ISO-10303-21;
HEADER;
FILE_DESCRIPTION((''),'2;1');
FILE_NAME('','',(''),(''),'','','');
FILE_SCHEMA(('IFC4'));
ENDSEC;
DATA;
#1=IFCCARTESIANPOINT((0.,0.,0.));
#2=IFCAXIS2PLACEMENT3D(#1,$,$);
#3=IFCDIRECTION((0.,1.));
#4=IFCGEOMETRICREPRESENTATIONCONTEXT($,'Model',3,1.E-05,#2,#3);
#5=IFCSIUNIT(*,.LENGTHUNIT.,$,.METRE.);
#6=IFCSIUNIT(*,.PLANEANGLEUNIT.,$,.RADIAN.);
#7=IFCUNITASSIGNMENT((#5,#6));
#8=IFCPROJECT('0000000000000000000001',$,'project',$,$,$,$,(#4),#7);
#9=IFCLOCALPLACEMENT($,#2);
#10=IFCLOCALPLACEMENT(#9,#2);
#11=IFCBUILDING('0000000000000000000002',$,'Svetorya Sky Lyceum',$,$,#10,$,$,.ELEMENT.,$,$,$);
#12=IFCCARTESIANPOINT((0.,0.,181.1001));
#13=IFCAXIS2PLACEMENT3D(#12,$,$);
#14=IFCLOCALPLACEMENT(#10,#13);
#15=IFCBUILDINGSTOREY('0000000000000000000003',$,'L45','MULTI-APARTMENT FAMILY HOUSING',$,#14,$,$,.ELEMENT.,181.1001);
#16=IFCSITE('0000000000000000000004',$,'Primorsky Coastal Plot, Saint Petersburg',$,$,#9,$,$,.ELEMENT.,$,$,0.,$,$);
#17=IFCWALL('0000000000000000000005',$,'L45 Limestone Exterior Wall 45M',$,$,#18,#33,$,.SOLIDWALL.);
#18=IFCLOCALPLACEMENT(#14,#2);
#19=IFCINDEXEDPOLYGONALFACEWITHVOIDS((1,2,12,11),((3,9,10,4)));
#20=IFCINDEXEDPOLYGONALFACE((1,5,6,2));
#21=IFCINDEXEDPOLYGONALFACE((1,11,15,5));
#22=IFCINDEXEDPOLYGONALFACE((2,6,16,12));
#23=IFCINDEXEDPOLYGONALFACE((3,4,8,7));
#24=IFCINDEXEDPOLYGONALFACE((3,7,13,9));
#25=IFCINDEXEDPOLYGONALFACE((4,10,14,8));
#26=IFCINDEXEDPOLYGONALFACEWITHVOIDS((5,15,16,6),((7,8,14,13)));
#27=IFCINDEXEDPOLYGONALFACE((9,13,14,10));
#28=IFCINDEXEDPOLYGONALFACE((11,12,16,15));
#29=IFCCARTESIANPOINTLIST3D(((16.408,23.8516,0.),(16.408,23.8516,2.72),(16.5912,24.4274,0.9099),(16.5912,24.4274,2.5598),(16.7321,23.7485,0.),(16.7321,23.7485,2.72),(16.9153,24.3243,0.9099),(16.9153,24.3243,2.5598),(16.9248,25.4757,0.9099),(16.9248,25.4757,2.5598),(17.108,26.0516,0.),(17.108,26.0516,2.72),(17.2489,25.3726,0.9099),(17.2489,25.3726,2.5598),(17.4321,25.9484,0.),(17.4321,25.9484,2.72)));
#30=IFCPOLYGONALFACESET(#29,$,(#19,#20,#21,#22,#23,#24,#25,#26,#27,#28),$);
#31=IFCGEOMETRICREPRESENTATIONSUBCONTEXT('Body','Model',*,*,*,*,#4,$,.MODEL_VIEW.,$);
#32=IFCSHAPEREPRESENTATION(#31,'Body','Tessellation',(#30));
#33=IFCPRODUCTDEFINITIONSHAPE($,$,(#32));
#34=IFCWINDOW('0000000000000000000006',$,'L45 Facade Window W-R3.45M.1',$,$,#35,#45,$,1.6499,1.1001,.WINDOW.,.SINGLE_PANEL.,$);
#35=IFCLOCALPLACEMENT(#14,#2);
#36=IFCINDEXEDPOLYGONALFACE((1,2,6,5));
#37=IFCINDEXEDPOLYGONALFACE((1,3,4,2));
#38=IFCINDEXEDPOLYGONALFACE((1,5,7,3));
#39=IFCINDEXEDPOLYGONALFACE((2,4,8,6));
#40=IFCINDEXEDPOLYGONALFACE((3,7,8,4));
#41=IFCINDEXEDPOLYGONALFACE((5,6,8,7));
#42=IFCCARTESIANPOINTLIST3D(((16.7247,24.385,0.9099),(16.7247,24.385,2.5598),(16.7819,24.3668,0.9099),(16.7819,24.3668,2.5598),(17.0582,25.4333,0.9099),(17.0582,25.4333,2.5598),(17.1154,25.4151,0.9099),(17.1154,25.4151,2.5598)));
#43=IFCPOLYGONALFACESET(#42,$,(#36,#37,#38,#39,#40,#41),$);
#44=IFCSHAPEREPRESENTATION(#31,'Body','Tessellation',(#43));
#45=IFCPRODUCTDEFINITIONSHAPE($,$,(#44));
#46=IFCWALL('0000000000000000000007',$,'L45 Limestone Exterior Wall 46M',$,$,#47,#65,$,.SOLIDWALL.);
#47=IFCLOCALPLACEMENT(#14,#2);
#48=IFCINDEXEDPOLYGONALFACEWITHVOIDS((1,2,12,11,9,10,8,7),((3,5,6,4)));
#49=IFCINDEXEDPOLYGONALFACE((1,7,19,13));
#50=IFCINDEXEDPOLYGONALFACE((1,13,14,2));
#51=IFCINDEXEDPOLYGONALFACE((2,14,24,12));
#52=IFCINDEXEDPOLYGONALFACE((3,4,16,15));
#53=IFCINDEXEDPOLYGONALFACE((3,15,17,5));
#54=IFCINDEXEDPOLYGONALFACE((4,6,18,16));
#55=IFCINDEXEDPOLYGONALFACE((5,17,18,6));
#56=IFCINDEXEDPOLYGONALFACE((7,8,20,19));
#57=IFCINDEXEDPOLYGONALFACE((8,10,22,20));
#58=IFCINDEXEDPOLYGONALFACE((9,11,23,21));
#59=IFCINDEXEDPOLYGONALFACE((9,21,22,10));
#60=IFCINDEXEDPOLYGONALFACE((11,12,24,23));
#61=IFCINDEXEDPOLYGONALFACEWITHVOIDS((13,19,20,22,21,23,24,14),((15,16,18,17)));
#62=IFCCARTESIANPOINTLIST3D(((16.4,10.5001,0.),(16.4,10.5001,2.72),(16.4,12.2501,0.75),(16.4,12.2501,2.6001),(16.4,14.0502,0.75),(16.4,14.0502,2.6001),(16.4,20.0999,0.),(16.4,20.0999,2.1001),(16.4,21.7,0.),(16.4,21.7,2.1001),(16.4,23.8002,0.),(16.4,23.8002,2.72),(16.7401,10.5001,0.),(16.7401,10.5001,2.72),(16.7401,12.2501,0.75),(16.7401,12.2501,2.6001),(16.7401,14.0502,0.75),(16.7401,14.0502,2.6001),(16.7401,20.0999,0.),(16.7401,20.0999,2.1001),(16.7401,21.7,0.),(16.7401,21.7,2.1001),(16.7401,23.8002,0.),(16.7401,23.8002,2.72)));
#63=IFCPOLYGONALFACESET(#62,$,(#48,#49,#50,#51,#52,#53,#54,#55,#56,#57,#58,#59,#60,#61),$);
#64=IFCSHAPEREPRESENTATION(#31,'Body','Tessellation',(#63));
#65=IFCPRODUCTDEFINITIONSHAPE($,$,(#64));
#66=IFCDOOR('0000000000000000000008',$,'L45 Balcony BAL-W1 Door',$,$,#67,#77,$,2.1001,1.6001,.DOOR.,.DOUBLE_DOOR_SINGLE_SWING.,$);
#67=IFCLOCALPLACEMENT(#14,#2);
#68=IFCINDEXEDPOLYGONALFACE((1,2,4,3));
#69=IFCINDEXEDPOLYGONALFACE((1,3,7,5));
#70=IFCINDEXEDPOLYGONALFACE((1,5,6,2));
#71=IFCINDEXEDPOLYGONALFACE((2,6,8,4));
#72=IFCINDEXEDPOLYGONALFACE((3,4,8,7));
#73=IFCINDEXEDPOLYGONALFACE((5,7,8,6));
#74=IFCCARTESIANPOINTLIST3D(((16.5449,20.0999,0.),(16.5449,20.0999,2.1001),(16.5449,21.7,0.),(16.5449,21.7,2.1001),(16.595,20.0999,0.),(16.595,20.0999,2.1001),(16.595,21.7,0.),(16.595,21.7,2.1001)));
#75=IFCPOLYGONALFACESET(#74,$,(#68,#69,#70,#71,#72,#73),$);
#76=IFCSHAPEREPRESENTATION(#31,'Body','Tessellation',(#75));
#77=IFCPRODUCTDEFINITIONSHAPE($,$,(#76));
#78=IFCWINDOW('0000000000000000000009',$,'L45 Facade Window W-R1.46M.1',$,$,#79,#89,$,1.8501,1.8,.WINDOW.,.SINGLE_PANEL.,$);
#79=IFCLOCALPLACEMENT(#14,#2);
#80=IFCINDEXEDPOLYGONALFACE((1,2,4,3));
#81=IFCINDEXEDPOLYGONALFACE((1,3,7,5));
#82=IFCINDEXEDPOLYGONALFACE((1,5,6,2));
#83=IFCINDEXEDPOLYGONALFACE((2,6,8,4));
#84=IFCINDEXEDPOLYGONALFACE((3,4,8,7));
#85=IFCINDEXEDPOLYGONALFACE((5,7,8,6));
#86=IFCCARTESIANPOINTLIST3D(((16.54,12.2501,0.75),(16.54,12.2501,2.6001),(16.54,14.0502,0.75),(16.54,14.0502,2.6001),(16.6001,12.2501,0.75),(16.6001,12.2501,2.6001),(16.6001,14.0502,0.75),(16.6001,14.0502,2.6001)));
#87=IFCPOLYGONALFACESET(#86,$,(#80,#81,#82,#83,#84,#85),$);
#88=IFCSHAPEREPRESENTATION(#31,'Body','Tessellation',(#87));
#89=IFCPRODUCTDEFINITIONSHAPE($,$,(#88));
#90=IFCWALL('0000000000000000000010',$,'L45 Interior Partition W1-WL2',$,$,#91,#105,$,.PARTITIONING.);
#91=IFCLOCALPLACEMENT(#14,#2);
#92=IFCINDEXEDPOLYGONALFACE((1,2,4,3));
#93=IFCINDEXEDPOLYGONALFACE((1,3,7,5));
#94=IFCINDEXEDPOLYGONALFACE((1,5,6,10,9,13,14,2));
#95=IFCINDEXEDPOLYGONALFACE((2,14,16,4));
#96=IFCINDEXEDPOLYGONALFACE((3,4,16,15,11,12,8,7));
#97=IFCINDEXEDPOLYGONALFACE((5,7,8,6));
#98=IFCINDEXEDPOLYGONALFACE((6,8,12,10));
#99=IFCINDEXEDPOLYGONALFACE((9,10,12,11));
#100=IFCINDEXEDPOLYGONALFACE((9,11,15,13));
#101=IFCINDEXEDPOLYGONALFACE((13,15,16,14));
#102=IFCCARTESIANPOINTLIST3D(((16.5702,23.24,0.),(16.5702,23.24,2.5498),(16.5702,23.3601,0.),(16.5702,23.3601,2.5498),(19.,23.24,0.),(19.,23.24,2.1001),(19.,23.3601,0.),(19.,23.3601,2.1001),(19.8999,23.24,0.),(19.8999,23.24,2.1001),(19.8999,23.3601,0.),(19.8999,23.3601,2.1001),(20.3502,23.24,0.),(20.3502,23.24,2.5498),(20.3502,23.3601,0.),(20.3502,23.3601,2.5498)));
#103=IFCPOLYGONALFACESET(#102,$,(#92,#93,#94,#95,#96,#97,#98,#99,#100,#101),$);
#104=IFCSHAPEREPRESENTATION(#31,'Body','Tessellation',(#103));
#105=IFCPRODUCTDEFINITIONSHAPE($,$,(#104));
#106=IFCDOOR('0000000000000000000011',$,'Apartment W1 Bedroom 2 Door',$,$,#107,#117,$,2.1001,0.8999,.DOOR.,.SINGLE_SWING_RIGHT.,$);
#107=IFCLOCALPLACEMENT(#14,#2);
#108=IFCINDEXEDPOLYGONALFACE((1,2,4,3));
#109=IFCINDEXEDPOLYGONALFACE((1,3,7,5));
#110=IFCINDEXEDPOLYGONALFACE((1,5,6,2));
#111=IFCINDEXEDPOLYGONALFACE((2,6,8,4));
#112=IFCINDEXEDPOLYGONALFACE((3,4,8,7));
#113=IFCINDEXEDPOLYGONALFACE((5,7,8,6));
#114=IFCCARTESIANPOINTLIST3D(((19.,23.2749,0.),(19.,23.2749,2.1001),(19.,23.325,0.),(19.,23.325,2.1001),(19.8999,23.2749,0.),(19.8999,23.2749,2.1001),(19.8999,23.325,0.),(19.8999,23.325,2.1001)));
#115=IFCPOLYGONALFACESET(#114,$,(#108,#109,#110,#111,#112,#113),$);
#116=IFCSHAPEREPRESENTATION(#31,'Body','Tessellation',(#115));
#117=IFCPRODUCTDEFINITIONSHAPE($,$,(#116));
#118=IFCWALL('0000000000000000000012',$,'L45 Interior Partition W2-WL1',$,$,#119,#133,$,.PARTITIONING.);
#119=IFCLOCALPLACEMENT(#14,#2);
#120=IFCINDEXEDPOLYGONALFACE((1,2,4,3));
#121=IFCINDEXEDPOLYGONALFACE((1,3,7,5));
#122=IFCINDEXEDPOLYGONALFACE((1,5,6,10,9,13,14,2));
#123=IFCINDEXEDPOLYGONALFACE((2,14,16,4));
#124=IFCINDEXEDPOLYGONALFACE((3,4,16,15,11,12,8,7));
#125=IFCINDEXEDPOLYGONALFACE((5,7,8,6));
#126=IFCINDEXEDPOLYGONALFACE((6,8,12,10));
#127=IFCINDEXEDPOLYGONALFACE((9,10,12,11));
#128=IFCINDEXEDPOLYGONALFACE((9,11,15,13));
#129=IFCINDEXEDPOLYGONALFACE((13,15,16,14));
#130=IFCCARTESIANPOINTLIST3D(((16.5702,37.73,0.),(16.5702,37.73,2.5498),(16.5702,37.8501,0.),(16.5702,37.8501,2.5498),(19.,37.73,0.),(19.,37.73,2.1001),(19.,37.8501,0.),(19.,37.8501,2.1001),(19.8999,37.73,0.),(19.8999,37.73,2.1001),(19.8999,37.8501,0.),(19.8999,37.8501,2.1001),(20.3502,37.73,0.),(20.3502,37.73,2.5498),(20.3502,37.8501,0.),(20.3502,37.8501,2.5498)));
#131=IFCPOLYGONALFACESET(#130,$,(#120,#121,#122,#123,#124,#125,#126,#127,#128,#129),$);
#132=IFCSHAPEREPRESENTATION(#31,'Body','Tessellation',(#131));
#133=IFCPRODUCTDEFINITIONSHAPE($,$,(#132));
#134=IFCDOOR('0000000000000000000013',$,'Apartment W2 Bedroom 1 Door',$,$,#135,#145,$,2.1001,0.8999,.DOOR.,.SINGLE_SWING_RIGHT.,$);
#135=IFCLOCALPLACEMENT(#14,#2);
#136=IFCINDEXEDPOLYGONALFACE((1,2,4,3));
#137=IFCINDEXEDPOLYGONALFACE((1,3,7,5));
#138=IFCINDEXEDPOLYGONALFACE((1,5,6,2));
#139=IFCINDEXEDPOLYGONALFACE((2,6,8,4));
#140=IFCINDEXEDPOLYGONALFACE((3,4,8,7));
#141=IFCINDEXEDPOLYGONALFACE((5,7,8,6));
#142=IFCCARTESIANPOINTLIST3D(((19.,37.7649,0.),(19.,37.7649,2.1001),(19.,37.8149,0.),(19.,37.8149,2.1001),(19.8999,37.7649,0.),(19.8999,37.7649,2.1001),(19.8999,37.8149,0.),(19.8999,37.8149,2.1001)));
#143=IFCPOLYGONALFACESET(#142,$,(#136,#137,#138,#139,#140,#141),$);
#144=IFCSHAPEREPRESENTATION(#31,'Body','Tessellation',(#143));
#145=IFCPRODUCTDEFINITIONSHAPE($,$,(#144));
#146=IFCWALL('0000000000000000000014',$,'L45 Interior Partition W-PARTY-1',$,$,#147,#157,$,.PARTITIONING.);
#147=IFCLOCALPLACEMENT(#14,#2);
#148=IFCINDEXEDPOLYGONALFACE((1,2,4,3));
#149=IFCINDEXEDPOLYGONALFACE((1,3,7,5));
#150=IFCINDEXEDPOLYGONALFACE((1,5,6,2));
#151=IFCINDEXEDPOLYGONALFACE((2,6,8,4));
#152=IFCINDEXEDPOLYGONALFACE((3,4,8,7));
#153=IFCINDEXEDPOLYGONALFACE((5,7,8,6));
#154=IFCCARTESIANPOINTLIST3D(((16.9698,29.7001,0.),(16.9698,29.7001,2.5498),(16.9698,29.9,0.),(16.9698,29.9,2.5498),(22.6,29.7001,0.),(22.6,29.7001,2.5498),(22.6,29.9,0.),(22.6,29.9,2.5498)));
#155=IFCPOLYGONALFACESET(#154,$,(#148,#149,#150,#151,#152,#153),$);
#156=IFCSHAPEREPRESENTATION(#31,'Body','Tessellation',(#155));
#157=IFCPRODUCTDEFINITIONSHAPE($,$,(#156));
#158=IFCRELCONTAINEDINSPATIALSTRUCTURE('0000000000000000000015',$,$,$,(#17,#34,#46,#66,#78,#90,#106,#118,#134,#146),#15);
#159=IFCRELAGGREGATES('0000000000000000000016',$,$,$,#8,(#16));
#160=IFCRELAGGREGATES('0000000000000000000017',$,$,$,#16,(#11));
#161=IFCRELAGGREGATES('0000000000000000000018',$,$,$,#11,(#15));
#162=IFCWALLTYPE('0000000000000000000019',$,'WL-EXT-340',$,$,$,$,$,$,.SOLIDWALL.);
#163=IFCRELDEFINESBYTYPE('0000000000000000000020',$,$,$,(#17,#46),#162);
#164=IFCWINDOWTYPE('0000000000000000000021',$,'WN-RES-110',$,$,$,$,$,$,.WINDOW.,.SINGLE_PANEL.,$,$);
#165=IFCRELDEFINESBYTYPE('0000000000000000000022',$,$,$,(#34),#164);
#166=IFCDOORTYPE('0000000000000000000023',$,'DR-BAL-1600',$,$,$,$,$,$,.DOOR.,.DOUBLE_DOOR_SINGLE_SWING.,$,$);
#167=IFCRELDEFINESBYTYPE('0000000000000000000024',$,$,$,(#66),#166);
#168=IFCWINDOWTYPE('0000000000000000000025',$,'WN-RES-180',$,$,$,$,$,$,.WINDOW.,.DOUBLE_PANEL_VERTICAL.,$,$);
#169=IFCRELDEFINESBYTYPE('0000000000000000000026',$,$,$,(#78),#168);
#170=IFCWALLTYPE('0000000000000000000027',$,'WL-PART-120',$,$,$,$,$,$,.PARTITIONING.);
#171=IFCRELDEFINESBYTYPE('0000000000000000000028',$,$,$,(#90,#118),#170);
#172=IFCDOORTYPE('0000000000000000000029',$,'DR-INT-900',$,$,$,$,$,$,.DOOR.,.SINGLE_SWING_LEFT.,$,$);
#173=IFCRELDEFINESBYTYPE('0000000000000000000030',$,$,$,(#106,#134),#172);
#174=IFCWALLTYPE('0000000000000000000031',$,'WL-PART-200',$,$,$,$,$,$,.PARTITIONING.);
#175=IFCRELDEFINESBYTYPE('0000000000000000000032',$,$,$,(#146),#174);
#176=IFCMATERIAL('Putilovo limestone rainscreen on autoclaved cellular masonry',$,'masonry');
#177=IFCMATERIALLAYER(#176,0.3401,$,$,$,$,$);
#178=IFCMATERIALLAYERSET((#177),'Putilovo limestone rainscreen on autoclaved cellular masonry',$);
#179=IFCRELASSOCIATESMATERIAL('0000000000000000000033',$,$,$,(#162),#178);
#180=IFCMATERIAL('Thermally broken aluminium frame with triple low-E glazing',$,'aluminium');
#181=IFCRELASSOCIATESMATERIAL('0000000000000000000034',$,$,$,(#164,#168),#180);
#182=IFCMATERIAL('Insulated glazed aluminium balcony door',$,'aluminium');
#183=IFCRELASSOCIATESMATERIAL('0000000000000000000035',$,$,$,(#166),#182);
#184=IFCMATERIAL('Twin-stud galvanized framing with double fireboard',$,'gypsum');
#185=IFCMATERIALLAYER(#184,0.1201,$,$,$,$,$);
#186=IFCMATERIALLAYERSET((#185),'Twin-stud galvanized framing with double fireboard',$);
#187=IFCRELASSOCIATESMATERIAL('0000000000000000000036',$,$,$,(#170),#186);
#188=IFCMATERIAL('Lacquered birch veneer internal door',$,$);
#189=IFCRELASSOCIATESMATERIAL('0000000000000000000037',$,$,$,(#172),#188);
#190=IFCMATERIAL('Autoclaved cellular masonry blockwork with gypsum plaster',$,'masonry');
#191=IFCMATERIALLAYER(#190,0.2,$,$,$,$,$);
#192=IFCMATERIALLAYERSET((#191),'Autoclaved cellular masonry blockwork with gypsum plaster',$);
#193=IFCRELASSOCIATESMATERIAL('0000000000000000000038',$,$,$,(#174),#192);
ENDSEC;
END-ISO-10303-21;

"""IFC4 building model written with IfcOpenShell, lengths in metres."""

from ifc_helpers import new_model, si_unit, direction, frame, frame_2d, origin, place, context, subcontext, project, spatial, rectangle, extrude, material, layer, layer_set, type_object, element, fill, save


model = new_model("IFC4")

# Units and contexts
model_context = context("Model", 3, precision=1e-05, world=origin(), true_north=direction((0.0, 1.0)))
body_context = subcontext(model_context, "Body", "Model", "MODEL_VIEW")
ifc_project = project(units=[si_unit("LENGTHUNIT", "METRE"), si_unit("PLANEANGLEUNIT", "RADIAN")], contexts=[model_context])

# Site, building, storey
site_placement = place(None, origin())
site = spatial("IfcSite", under=ifc_project, at=site_placement, Name="Primorsky Coastal Plot, Saint Petersburg", CompositionType="ELEMENT", RefElevation=0.0)
building_placement = place(site_placement, origin())
building = spatial("IfcBuilding", under=site, at=building_placement, Name="Svetorya Sky Lyceum", CompositionType="ELEMENT")
storey_placement = place(building_placement, frame((0.0, 0.0, 181.1001)))
storey = spatial("IfcBuildingStorey", under=building, at=storey_placement, Name="L45", Description="MULTI-APARTMENT FAMILY HOUSING", CompositionType="ELEMENT", Elevation=181.1001)

# Shared definitions
ifc_material_1 = material(Name="Putilovo limestone rainscreen on autoclaved cellular masonry", Category="masonry")
ifc_layer_1 = layer(ifc_material_1, 0.3401)
ifc_layer_set_1 = layer_set([ifc_layer_1], Name="Putilovo limestone rainscreen on autoclaved cellular masonry")
wall_type_1 = type_object("IfcWallType", Name="WL-EXT-340", PredefinedType="SOLIDWALL", material=ifc_layer_set_1)
ifc_material_2 = material(Name="Thermally broken aluminium frame with triple low-E glazing", Category="aluminium")
window_type_1 = type_object("IfcWindowType", Name="WN-RES-110", PartitioningType="SINGLE_PANEL", PredefinedType="WINDOW", material=ifc_material_2)

# Wall, opening, window
wall_1_placement = place(storey_placement, frame((17.27, 26.0, 0.0), z_axis=(0.0, 0.0, 1.0), x_axis=(-0.303191, -0.95293, 0.0)))
wall_1 = element("IfcWall", 1, at=wall_1_placement, inside=storey, type_object=wall_type_1, Name="L45 Limestone Exterior Wall 45M", PredefinedType="SOLIDWALL", context=body_context, shape_type="SweptSolid", body=[
    extrude(rectangle(XDim=2.3086, YDim=0.3401, at=frame_2d((1.1543, 0.0))), origin(), (0.0, 0.0, 1.0), 2.72),
])
opening_1_placement = place(wall_1_placement, frame((0.6042, 0.0, 0.9099)))
opening_1 = element("IfcOpeningElement", 2, at=opening_1_placement, cuts=wall_1, PredefinedType="OPENING", context=body_context, shape_type="SweptSolid", body=[
    extrude(rectangle(XDim=1.1001, YDim=1.6499, at=frame_2d((0.55, 0.825))), frame((0.0, 0.1799, 0.0), z_axis=(0.0, -1.0, 0.0), x_axis=(1.0, 0.0, 0.0)), (0.0, 0.0, 1.0), 0.3601),
])
window_1_placement = place(opening_1_placement, origin())
window_1 = element("IfcWindow", 3, at=window_1_placement, inside=storey, type_object=window_type_1, Name="L45 Facade Window W-R3.45M.1", OverallHeight=1.6499, OverallWidth=1.1001, PartitioningType="SINGLE_PANEL", PredefinedType="WINDOW", context=body_context, shape_type="SweptSolid", body=[
    extrude(rectangle(XDim=1.1001, YDim=1.6499, at=frame_2d((0.55, 0.825))), frame((0.0, 0.03, 0.0), z_axis=(0.0, -1.0, 0.0), x_axis=(1.0, 0.0, 0.0)), (0.0, 0.0, 1.0), 0.0601),
])
fill(opening_1, window_1)

# Wall, openings, door, window
wall_2_placement = place(storey_placement, frame((16.5701, 23.8, 0.0), z_axis=(0.0, 0.0, 1.0), x_axis=(0.0, -1.0, 0.0)))
wall_2 = element("IfcWall", 4, at=wall_2_placement, inside=storey, type_object=wall_type_1, Name="L45 Limestone Exterior Wall 46M", PredefinedType="SOLIDWALL", context=body_context, shape_type="SweptSolid", body=[
    extrude(rectangle(XDim=13.3, YDim=0.3401, at=frame_2d((6.6499, 0.0))), origin(), (0.0, 0.0, 1.0), 2.72),
])
opening_2_placement = place(wall_2_placement, frame((2.1001, 0.0, 0.0)))
opening_2 = element("IfcOpeningElement", 5, at=opening_2_placement, cuts=wall_2, PredefinedType="OPENING", context=body_context, shape_type="SweptSolid", body=[
    extrude(rectangle(XDim=1.6001, YDim=2.1001, at=frame_2d((0.8, 1.05))), frame((0.0, 0.1799, 0.0), z_axis=(0.0, -1.0, 0.0), x_axis=(1.0, 0.0, 0.0)), (0.0, 0.0, 1.0), 0.3601),
])
opening_3_placement = place(wall_2_placement, frame((9.75, 0.0, 0.75)))
opening_3 = element("IfcOpeningElement", 6, at=opening_3_placement, cuts=wall_2, PredefinedType="OPENING", context=body_context, shape_type="SweptSolid", body=[
    extrude(rectangle(XDim=1.8, YDim=1.8501, at=frame_2d((0.8999, 0.925))), frame((0.0, 0.1799, 0.0), z_axis=(0.0, -1.0, 0.0), x_axis=(1.0, 0.0, 0.0)), (0.0, 0.0, 1.0), 0.3601),
])
ifc_material_3 = material(Name="Insulated glazed aluminium balcony door", Category="aluminium")
door_type_1 = type_object("IfcDoorType", Name="DR-BAL-1600", OperationType="DOUBLE_DOOR_SINGLE_SWING", PredefinedType="DOOR", material=ifc_material_3)
door_1_placement = place(opening_2_placement, origin())
door_1 = element("IfcDoor", 7, at=door_1_placement, inside=storey, type_object=door_type_1, Name="L45 Balcony BAL-W1 Door", OperationType="DOUBLE_DOOR_SINGLE_SWING", OverallHeight=2.1001, OverallWidth=1.6001, PredefinedType="DOOR", context=body_context, shape_type="SweptSolid", body=[
    extrude(rectangle(XDim=1.6001, YDim=2.1001, at=frame_2d((0.8, 1.05))), frame((0.0, 0.0249, 0.0), z_axis=(0.0, -1.0, 0.0), x_axis=(1.0, 0.0, 0.0)), (0.0, 0.0, 1.0), 0.05),
])
fill(opening_2, door_1)
window_type_2 = type_object("IfcWindowType", Name="WN-RES-180", PartitioningType="DOUBLE_PANEL_VERTICAL", PredefinedType="WINDOW", material=ifc_material_2)
window_2_placement = place(opening_3_placement, origin())
window_2 = element("IfcWindow", 8, at=window_2_placement, inside=storey, type_object=window_type_2, Name="L45 Facade Window W-R1.46M.1", OverallHeight=1.8501, OverallWidth=1.8, PartitioningType="SINGLE_PANEL", PredefinedType="WINDOW", context=body_context, shape_type="SweptSolid", body=[
    extrude(rectangle(XDim=1.8, YDim=1.8501, at=frame_2d((0.8999, 0.925))), frame((0.0, 0.03, 0.0), z_axis=(0.0, -1.0, 0.0), x_axis=(1.0, 0.0, 0.0)), (0.0, 0.0, 1.0), 0.0601),
])
fill(opening_3, window_2)

# Walls, openings, doors
ifc_material_4 = material(Name="Twin-stud galvanized framing with double fireboard", Category="gypsum")
ifc_layer_2 = layer(ifc_material_4, 0.1201)
ifc_layer_set_2 = layer_set([ifc_layer_2], Name="Twin-stud galvanized framing with double fireboard")
wall_type_2 = type_object("IfcWallType", Name="WL-PART-120", PredefinedType="PARTITIONING", material=ifc_layer_set_2)
wall_3_placement = place(storey_placement, frame((16.5701, 23.3, 0.0), z_axis=(0.0, 0.0, 1.0), x_axis=(1.0, 0.0, 0.0)))
wall_3 = element("IfcWall", 9, at=wall_3_placement, inside=storey, type_object=wall_type_2, Name="L45 Interior Partition W1-WL2", PredefinedType="PARTITIONING", context=body_context, shape_type="SweptSolid", body=[
    extrude(rectangle(XDim=3.78, YDim=0.1201, at=frame_2d((1.8901, 0.0))), origin(), (0.0, 0.0, 1.0), 2.5498),
])
opening_4_placement = place(wall_3_placement, frame((2.4299, 0.0, 0.0)))
opening_4 = element("IfcOpeningElement", 10, at=opening_4_placement, cuts=wall_3, PredefinedType="OPENING", context=body_context, shape_type="SweptSolid", body=[
    extrude(rectangle(XDim=0.8999, YDim=2.1001, at=frame_2d((0.45, 1.05))), frame((0.0, 0.0701, 0.0), z_axis=(0.0, -1.0, 0.0), x_axis=(1.0, 0.0, 0.0)), (0.0, 0.0, 1.0), 0.1401),
])
ifc_material_5 = material(Name="Lacquered birch veneer internal door")
door_type_2 = type_object("IfcDoorType", Name="DR-INT-900", OperationType="SINGLE_SWING_LEFT", PredefinedType="DOOR", material=ifc_material_5)
door_2_placement = place(opening_4_placement, origin())
door_2 = element("IfcDoor", 11, at=door_2_placement, inside=storey, type_object=door_type_2, Name="Apartment W1 Bedroom 2 Door", OperationType="SINGLE_SWING_RIGHT", OverallHeight=2.1001, OverallWidth=0.8999, PredefinedType="DOOR", context=body_context, shape_type="SweptSolid", body=[
    extrude(rectangle(XDim=0.8999, YDim=2.1001, at=frame_2d((0.45, 1.05))), frame((0.0, 0.0249, 0.0), z_axis=(0.0, -1.0, 0.0), x_axis=(1.0, 0.0, 0.0)), (0.0, 0.0, 1.0), 0.05),
])
fill(opening_4, door_2)
wall_4_placement = place(storey_placement, frame((16.5701, 37.79, 0.0), z_axis=(0.0, 0.0, 1.0), x_axis=(1.0, 0.0, 0.0)))
wall_4 = element("IfcWall", 12, at=wall_4_placement, inside=storey, type_object=wall_type_2, Name="L45 Interior Partition W2-WL1", PredefinedType="PARTITIONING", context=body_context, shape_type="SweptSolid", body=[
    extrude(rectangle(XDim=3.78, YDim=0.1201, at=frame_2d((1.8901, 0.0))), origin(), (0.0, 0.0, 1.0), 2.5498),
])
opening_5_placement = place(wall_4_placement, frame((2.4299, 0.0, 0.0)))
opening_5 = element("IfcOpeningElement", 13, at=opening_5_placement, cuts=wall_4, PredefinedType="OPENING", context=body_context, shape_type="SweptSolid", body=[
    extrude(rectangle(XDim=0.8999, YDim=2.1001, at=frame_2d((0.45, 1.05))), frame((0.0, 0.0701, 0.0), z_axis=(0.0, -1.0, 0.0), x_axis=(1.0, 0.0, 0.0)), (0.0, 0.0, 1.0), 0.1401),
])
door_3_placement = place(opening_5_placement, origin())
door_3 = element("IfcDoor", 14, at=door_3_placement, inside=storey, type_object=door_type_2, Name="Apartment W2 Bedroom 1 Door", OperationType="SINGLE_SWING_RIGHT", OverallHeight=2.1001, OverallWidth=0.8999, PredefinedType="DOOR", context=body_context, shape_type="SweptSolid", body=[
    extrude(rectangle(XDim=0.8999, YDim=2.1001, at=frame_2d((0.45, 1.05))), frame((0.0, 0.0249, 0.0), z_axis=(0.0, -1.0, 0.0), x_axis=(1.0, 0.0, 0.0)), (0.0, 0.0, 1.0), 0.05),
])
fill(opening_5, door_3)

# Wall
ifc_material_6 = material(Name="Autoclaved cellular masonry blockwork with gypsum plaster", Category="masonry")
ifc_layer_3 = layer(ifc_material_6, 0.2)
ifc_layer_set_3 = layer_set([ifc_layer_3], Name="Autoclaved cellular masonry blockwork with gypsum plaster")
wall_type_3 = type_object("IfcWallType", Name="WL-PART-200", PredefinedType="PARTITIONING", material=ifc_layer_set_3)
wall_5_placement = place(storey_placement, frame((16.97, 29.8, 0.0), z_axis=(0.0, 0.0, 1.0), x_axis=(1.0, 0.0, 0.0)))
element("IfcWall", 15, at=wall_5_placement, inside=storey, type_object=wall_type_3, Name="L45 Interior Partition W-PARTY-1", PredefinedType="PARTITIONING", context=body_context, shape_type="SweptSolid", body=[
    extrude(rectangle(XDim=5.6301, YDim=0.2, at=frame_2d((2.8149, 0.0))), origin(), (0.0, 0.0, 1.0), 2.5498),
])

save(model, "model.ifc")
